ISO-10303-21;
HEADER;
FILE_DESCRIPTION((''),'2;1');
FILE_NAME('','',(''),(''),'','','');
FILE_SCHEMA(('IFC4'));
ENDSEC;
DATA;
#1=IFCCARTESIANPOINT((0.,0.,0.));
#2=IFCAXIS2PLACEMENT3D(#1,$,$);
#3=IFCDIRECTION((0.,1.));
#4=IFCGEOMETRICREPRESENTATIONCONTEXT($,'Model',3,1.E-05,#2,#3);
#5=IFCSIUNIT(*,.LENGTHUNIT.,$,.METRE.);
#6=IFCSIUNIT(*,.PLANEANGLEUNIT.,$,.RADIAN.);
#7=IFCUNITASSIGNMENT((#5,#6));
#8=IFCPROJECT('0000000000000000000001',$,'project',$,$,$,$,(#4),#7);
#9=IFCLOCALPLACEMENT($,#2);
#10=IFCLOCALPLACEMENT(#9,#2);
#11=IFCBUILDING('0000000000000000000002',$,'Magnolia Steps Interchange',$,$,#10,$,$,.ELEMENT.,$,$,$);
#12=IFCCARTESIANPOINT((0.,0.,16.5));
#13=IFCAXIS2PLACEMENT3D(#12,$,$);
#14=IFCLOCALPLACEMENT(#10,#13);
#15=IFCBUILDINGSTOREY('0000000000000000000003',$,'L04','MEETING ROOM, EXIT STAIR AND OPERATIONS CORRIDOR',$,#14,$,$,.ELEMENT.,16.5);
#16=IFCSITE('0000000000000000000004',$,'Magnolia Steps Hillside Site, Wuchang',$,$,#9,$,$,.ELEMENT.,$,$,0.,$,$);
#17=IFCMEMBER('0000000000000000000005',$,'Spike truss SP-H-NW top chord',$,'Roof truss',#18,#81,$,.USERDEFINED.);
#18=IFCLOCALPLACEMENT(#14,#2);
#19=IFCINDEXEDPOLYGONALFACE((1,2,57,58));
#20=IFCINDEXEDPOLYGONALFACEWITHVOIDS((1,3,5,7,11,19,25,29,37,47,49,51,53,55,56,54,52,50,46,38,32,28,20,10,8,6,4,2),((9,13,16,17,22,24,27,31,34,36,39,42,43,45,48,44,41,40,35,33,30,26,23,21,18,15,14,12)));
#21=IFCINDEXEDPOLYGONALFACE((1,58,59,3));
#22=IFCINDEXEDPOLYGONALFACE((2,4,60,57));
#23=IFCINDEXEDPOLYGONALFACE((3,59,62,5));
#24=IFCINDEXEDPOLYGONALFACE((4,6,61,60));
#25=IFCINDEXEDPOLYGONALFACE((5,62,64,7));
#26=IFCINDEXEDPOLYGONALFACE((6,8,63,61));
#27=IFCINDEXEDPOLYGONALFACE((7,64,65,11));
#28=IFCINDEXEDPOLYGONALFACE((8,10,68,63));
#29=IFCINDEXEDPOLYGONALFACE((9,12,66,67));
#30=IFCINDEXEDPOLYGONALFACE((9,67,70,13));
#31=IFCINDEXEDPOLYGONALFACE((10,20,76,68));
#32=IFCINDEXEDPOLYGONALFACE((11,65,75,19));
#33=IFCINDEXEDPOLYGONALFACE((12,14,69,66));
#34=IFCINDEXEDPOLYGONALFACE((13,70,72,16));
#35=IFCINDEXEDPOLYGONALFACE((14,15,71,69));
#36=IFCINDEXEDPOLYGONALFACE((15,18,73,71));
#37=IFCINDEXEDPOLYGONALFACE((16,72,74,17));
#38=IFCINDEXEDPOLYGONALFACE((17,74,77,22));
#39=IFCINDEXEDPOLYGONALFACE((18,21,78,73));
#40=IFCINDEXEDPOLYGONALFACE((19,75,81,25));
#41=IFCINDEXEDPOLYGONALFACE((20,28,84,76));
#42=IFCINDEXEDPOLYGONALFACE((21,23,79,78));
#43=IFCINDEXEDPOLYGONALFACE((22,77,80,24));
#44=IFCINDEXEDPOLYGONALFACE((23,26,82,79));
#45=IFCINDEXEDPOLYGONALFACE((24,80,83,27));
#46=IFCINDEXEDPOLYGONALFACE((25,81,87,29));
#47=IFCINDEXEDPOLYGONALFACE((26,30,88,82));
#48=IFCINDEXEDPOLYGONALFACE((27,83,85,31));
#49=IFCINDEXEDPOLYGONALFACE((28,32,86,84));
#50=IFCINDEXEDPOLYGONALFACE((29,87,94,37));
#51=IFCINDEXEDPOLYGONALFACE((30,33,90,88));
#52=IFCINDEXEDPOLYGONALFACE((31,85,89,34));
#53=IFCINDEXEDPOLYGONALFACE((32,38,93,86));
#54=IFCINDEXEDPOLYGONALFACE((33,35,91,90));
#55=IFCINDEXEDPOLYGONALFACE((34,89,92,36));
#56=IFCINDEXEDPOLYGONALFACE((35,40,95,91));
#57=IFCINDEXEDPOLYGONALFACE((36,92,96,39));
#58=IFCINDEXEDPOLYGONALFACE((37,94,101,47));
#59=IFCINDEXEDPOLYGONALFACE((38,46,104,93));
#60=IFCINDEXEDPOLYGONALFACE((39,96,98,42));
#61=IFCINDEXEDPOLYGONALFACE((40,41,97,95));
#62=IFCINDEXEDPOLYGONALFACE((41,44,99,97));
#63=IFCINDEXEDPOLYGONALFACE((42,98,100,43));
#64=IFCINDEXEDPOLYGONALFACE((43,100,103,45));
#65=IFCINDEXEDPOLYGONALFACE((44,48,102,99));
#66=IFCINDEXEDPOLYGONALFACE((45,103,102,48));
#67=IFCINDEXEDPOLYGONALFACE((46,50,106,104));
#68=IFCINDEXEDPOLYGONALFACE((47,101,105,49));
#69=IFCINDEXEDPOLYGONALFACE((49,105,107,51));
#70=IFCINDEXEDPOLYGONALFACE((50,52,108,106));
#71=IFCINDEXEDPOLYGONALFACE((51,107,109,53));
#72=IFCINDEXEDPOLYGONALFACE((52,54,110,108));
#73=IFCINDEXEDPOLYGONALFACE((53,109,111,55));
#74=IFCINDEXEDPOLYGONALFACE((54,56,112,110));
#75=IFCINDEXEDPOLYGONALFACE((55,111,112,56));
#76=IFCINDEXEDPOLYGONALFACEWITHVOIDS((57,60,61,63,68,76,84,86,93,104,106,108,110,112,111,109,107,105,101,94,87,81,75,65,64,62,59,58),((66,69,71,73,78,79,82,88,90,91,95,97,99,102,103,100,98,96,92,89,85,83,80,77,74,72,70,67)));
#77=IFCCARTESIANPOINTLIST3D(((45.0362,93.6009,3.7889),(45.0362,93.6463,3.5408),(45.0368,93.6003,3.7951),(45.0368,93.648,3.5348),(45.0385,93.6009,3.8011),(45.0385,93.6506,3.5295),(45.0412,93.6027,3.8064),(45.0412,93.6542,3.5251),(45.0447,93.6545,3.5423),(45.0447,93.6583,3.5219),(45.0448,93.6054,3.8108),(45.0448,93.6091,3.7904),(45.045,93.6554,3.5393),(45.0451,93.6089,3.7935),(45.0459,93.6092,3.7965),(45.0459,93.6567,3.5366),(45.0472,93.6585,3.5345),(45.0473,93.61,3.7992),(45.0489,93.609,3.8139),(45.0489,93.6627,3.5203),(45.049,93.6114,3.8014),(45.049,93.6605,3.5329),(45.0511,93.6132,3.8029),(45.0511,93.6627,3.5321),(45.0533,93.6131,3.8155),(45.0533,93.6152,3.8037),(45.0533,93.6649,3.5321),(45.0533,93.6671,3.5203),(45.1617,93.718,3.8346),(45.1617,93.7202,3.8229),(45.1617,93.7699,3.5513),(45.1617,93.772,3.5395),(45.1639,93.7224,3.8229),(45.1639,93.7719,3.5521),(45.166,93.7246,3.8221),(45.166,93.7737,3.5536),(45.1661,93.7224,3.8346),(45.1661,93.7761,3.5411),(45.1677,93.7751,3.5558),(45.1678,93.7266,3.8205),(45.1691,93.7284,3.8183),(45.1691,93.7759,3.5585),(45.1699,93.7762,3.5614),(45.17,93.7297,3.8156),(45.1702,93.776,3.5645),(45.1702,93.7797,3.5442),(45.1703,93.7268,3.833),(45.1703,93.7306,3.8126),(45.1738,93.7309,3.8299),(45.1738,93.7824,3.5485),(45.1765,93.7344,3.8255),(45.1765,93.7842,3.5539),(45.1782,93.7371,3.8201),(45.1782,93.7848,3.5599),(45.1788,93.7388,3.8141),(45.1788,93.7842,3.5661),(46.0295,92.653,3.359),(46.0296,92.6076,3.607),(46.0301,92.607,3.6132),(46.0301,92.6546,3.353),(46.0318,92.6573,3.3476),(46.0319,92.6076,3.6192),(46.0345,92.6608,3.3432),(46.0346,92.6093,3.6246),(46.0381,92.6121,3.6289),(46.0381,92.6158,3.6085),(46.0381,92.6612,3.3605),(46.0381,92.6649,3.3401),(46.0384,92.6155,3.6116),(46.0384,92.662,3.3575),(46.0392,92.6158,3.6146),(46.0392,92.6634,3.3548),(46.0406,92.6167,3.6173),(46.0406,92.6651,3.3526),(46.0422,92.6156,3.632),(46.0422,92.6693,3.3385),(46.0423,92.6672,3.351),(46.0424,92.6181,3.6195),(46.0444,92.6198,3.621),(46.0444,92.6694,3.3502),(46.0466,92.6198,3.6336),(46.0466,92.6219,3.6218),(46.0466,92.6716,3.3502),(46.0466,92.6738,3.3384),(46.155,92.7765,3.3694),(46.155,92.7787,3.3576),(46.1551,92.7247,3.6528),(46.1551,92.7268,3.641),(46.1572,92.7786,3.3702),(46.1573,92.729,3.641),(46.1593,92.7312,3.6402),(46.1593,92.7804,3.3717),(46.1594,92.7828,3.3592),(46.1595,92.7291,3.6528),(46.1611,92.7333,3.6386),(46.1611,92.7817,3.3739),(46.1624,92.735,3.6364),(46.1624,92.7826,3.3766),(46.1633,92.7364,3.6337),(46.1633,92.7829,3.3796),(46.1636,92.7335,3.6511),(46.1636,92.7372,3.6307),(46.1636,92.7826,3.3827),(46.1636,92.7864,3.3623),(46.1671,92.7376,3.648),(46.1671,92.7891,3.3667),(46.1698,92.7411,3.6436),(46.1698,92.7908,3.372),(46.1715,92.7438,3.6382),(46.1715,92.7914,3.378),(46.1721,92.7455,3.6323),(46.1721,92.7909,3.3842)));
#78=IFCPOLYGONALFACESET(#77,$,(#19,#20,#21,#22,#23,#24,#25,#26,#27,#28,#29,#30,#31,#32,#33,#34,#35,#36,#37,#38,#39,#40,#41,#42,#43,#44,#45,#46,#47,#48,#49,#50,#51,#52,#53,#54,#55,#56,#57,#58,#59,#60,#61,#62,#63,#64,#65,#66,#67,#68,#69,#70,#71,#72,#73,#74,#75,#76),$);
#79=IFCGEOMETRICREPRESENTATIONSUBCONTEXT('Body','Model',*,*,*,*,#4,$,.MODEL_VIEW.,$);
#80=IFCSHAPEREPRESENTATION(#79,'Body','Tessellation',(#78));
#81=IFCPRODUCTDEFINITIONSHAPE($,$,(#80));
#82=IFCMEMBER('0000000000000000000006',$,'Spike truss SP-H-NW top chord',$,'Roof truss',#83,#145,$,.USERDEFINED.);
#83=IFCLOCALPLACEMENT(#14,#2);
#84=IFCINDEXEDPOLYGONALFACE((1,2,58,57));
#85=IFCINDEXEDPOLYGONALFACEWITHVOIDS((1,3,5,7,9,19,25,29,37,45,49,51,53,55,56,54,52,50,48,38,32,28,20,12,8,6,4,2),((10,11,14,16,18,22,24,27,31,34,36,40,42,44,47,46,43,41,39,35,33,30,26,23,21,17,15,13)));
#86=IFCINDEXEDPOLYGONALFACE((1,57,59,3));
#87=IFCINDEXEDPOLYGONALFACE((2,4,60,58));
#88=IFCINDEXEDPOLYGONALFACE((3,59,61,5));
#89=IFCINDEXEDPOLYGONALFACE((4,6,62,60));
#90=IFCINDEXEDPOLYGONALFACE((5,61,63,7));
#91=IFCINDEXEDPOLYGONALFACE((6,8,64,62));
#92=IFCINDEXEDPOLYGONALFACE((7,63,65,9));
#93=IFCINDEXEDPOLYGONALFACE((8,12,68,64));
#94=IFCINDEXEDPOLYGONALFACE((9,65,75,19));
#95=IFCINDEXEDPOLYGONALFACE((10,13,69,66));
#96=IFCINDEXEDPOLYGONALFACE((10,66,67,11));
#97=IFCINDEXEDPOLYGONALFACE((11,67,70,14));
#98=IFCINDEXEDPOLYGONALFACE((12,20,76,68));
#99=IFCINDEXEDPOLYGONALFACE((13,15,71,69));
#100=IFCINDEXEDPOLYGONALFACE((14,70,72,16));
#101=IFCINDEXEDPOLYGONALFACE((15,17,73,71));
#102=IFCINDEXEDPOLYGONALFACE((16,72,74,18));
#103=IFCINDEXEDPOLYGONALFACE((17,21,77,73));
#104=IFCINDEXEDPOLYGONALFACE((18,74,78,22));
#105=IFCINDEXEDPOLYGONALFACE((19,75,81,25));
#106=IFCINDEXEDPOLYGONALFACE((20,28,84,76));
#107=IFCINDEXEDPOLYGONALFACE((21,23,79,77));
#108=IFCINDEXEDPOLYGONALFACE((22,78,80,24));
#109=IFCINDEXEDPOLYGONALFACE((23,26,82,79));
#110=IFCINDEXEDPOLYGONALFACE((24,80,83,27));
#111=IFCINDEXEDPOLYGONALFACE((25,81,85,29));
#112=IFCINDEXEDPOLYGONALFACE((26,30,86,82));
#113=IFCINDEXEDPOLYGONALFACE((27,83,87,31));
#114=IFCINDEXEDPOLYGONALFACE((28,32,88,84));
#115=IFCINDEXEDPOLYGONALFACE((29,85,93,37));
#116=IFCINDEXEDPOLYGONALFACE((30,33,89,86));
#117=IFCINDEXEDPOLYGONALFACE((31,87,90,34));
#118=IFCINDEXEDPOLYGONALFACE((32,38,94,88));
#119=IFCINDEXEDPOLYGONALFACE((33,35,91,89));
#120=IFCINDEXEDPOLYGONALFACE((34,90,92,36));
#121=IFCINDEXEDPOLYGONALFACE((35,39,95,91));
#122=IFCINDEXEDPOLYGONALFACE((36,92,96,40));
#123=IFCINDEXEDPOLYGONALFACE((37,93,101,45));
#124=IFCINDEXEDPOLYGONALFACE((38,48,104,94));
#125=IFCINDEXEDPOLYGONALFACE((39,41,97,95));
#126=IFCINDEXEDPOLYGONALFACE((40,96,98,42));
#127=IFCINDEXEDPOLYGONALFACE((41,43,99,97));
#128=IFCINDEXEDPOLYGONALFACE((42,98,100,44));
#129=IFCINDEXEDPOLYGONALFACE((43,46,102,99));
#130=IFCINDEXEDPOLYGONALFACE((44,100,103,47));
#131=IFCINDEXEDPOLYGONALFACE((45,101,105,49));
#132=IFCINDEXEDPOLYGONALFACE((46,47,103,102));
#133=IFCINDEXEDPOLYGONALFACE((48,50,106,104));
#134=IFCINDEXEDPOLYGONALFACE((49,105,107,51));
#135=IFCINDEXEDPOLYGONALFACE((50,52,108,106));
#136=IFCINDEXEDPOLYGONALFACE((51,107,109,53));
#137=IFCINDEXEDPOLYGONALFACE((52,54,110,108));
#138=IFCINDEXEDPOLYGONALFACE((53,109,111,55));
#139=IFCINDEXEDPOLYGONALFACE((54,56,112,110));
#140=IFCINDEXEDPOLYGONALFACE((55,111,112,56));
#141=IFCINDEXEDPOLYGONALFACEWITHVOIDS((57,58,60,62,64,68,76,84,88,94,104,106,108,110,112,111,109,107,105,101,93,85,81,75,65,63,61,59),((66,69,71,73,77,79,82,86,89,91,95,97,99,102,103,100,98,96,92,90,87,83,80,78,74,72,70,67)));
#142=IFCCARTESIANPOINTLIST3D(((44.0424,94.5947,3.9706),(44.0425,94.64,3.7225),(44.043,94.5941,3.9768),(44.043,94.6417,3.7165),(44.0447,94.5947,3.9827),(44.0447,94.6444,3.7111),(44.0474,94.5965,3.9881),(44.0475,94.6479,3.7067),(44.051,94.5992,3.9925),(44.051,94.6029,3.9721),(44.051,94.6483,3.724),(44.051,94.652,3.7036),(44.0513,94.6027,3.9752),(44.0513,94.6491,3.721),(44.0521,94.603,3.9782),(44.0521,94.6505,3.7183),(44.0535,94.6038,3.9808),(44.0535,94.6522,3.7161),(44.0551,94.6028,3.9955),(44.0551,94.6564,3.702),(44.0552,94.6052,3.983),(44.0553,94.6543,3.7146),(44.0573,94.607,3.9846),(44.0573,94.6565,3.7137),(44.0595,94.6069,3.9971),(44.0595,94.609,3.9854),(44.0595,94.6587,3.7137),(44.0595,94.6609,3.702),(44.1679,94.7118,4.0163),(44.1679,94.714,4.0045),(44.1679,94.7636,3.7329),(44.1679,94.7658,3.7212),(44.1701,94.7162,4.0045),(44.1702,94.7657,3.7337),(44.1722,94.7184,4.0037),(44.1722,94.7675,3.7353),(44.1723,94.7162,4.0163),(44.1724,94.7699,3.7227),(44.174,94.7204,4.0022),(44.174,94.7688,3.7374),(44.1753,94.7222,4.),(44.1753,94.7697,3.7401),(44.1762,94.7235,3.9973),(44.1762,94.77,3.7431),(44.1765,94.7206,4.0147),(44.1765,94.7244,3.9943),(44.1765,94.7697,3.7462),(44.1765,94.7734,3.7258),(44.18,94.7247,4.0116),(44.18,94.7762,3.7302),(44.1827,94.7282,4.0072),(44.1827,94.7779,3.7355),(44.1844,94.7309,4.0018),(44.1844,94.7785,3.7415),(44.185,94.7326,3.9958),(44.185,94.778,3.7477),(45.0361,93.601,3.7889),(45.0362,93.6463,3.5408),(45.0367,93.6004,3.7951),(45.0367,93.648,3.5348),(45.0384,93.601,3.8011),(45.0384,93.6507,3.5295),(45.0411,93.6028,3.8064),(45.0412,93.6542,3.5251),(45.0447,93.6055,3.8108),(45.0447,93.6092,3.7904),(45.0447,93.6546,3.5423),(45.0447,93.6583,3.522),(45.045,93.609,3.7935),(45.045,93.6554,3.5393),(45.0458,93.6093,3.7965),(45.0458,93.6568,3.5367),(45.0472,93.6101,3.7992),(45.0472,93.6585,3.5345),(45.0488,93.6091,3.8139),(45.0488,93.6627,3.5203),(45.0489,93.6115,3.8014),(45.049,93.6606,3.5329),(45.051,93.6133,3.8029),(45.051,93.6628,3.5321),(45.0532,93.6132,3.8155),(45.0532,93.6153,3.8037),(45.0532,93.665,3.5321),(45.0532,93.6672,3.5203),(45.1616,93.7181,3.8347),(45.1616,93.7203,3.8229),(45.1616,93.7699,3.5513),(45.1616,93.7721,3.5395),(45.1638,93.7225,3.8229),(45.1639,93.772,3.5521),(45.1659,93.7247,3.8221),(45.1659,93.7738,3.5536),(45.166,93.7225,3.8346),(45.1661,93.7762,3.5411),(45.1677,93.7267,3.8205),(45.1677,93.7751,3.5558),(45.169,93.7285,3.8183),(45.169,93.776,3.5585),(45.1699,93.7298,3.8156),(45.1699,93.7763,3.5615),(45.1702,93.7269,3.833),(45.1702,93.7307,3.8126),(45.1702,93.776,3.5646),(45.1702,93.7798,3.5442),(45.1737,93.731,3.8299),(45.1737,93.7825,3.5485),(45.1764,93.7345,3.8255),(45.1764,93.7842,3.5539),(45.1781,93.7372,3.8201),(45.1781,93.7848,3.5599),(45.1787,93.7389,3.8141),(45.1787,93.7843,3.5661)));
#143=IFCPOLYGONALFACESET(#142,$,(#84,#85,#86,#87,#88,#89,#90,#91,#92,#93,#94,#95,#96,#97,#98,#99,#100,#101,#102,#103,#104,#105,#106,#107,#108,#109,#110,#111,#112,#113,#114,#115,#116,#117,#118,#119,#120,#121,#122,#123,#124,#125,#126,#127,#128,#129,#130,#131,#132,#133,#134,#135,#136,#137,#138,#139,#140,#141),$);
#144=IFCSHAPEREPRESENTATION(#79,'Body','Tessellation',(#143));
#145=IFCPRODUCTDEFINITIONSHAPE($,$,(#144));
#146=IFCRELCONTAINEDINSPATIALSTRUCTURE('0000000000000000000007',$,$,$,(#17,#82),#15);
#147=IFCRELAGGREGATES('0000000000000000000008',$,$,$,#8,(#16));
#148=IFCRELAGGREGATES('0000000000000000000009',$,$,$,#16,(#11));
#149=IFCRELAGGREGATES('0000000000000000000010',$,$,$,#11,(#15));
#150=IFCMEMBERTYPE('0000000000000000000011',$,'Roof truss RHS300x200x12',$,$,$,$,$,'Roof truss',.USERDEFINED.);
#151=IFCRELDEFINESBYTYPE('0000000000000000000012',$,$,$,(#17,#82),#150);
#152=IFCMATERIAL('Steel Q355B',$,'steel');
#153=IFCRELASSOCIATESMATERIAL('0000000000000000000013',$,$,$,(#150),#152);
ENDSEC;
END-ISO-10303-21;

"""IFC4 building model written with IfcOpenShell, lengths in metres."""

from ifc_helpers import new_model, si_unit, direction, frame, origin, origin_2d, place, context, subcontext, project, spatial, hollow_rectangle, extrude, material, material_profile, profile_set, type_object, element, save


model = new_model("IFC4")

# Units and contexts
model_context = context("Model", 3, precision=1e-05, world=origin(), true_north=direction((0.0, 1.0)))
body_context = subcontext(model_context, "Body", "Model", "MODEL_VIEW")
ifc_project = project(units=[si_unit("LENGTHUNIT", "METRE"), si_unit("PLANEANGLEUNIT", "RADIAN")], contexts=[model_context])

# Site, building, storey
site_placement = place(None, origin())
site = spatial("IfcSite", under=ifc_project, at=site_placement, Name="Magnolia Steps Hillside Site, Wuchang", CompositionType="ELEMENT", RefElevation=0.0)
building_placement = place(site_placement, origin())
building = spatial("IfcBuilding", under=site, at=building_placement, Name="Magnolia Steps Interchange", CompositionType="ELEMENT")
storey_placement = place(building_placement, frame((0.0, 0.0, 16.5)))
storey = spatial("IfcBuildingStorey", under=building, at=storey_placement, Name="L04", Description="MEETING ROOM, EXIT STAIR AND OPERATIONS CORRIDOR", CompositionType="ELEMENT", Elevation=16.5)

# Members
ifc_material_1 = material(Name="Steel Q355B", Category="steel")
ifc_material_profile_1 = material_profile(ifc_material_1, hollow_rectangle(XDim=0.2, YDim=0.3, WallThickness=0.012, InnerFilletRadius=0.012, OuterFilletRadius=0.0239, at=origin_2d()), Name="RHS300x200x12")
ifc_profile_set_1 = profile_set([ifc_material_profile_1], Name="Steel Q355B")
member_type_1 = type_object("IfcMemberType", Name="Roof truss RHS300x200x12", ElementType="Roof truss", PredefinedType="USERDEFINED", material=ifc_profile_set_1)
member_1_placement = place(storey_placement, frame((46.1008, 92.6992, 3.4956), z_axis=(-0.701254, 0.701254, 0.128394), x_axis=(-0.712911, -0.689808, -0.126184)))
element("IfcMember", 1, at=member_1_placement, inside=storey, type_object=member_type_1, Name="Spike truss SP-H-NW top chord", ObjectType="Roof truss", PredefinedType="USERDEFINED", context=body_context, shape_type="SweptSolid", body=[
    extrude(hollow_rectangle(XDim=0.2, YDim=0.3, WallThickness=0.012, InnerFilletRadius=0.012, OuterFilletRadius=0.0239, at=origin_2d()), origin(), (0.0, 0.0, 1.0), 1.4165),
])
member_2_placement = place(storey_placement, frame((45.1074, 93.6926, 3.6775), z_axis=(-0.701273, 0.701273, 0.128193), x_axis=(-0.712893, -0.689826, -0.126188)))
element("IfcMember", 2, at=member_2_placement, inside=storey, type_object=member_type_1, Name="Spike truss SP-H-NW top chord", ObjectType="Roof truss", PredefinedType="USERDEFINED", context=body_context, shape_type="SweptSolid", body=[
    extrude(hollow_rectangle(XDim=0.2, YDim=0.3, WallThickness=0.012, InnerFilletRadius=0.012, OuterFilletRadius=0.0239, at=origin_2d()), origin(), (0.0, 0.0, 1.0), 1.417),
])

save(model, "model.ifc")
